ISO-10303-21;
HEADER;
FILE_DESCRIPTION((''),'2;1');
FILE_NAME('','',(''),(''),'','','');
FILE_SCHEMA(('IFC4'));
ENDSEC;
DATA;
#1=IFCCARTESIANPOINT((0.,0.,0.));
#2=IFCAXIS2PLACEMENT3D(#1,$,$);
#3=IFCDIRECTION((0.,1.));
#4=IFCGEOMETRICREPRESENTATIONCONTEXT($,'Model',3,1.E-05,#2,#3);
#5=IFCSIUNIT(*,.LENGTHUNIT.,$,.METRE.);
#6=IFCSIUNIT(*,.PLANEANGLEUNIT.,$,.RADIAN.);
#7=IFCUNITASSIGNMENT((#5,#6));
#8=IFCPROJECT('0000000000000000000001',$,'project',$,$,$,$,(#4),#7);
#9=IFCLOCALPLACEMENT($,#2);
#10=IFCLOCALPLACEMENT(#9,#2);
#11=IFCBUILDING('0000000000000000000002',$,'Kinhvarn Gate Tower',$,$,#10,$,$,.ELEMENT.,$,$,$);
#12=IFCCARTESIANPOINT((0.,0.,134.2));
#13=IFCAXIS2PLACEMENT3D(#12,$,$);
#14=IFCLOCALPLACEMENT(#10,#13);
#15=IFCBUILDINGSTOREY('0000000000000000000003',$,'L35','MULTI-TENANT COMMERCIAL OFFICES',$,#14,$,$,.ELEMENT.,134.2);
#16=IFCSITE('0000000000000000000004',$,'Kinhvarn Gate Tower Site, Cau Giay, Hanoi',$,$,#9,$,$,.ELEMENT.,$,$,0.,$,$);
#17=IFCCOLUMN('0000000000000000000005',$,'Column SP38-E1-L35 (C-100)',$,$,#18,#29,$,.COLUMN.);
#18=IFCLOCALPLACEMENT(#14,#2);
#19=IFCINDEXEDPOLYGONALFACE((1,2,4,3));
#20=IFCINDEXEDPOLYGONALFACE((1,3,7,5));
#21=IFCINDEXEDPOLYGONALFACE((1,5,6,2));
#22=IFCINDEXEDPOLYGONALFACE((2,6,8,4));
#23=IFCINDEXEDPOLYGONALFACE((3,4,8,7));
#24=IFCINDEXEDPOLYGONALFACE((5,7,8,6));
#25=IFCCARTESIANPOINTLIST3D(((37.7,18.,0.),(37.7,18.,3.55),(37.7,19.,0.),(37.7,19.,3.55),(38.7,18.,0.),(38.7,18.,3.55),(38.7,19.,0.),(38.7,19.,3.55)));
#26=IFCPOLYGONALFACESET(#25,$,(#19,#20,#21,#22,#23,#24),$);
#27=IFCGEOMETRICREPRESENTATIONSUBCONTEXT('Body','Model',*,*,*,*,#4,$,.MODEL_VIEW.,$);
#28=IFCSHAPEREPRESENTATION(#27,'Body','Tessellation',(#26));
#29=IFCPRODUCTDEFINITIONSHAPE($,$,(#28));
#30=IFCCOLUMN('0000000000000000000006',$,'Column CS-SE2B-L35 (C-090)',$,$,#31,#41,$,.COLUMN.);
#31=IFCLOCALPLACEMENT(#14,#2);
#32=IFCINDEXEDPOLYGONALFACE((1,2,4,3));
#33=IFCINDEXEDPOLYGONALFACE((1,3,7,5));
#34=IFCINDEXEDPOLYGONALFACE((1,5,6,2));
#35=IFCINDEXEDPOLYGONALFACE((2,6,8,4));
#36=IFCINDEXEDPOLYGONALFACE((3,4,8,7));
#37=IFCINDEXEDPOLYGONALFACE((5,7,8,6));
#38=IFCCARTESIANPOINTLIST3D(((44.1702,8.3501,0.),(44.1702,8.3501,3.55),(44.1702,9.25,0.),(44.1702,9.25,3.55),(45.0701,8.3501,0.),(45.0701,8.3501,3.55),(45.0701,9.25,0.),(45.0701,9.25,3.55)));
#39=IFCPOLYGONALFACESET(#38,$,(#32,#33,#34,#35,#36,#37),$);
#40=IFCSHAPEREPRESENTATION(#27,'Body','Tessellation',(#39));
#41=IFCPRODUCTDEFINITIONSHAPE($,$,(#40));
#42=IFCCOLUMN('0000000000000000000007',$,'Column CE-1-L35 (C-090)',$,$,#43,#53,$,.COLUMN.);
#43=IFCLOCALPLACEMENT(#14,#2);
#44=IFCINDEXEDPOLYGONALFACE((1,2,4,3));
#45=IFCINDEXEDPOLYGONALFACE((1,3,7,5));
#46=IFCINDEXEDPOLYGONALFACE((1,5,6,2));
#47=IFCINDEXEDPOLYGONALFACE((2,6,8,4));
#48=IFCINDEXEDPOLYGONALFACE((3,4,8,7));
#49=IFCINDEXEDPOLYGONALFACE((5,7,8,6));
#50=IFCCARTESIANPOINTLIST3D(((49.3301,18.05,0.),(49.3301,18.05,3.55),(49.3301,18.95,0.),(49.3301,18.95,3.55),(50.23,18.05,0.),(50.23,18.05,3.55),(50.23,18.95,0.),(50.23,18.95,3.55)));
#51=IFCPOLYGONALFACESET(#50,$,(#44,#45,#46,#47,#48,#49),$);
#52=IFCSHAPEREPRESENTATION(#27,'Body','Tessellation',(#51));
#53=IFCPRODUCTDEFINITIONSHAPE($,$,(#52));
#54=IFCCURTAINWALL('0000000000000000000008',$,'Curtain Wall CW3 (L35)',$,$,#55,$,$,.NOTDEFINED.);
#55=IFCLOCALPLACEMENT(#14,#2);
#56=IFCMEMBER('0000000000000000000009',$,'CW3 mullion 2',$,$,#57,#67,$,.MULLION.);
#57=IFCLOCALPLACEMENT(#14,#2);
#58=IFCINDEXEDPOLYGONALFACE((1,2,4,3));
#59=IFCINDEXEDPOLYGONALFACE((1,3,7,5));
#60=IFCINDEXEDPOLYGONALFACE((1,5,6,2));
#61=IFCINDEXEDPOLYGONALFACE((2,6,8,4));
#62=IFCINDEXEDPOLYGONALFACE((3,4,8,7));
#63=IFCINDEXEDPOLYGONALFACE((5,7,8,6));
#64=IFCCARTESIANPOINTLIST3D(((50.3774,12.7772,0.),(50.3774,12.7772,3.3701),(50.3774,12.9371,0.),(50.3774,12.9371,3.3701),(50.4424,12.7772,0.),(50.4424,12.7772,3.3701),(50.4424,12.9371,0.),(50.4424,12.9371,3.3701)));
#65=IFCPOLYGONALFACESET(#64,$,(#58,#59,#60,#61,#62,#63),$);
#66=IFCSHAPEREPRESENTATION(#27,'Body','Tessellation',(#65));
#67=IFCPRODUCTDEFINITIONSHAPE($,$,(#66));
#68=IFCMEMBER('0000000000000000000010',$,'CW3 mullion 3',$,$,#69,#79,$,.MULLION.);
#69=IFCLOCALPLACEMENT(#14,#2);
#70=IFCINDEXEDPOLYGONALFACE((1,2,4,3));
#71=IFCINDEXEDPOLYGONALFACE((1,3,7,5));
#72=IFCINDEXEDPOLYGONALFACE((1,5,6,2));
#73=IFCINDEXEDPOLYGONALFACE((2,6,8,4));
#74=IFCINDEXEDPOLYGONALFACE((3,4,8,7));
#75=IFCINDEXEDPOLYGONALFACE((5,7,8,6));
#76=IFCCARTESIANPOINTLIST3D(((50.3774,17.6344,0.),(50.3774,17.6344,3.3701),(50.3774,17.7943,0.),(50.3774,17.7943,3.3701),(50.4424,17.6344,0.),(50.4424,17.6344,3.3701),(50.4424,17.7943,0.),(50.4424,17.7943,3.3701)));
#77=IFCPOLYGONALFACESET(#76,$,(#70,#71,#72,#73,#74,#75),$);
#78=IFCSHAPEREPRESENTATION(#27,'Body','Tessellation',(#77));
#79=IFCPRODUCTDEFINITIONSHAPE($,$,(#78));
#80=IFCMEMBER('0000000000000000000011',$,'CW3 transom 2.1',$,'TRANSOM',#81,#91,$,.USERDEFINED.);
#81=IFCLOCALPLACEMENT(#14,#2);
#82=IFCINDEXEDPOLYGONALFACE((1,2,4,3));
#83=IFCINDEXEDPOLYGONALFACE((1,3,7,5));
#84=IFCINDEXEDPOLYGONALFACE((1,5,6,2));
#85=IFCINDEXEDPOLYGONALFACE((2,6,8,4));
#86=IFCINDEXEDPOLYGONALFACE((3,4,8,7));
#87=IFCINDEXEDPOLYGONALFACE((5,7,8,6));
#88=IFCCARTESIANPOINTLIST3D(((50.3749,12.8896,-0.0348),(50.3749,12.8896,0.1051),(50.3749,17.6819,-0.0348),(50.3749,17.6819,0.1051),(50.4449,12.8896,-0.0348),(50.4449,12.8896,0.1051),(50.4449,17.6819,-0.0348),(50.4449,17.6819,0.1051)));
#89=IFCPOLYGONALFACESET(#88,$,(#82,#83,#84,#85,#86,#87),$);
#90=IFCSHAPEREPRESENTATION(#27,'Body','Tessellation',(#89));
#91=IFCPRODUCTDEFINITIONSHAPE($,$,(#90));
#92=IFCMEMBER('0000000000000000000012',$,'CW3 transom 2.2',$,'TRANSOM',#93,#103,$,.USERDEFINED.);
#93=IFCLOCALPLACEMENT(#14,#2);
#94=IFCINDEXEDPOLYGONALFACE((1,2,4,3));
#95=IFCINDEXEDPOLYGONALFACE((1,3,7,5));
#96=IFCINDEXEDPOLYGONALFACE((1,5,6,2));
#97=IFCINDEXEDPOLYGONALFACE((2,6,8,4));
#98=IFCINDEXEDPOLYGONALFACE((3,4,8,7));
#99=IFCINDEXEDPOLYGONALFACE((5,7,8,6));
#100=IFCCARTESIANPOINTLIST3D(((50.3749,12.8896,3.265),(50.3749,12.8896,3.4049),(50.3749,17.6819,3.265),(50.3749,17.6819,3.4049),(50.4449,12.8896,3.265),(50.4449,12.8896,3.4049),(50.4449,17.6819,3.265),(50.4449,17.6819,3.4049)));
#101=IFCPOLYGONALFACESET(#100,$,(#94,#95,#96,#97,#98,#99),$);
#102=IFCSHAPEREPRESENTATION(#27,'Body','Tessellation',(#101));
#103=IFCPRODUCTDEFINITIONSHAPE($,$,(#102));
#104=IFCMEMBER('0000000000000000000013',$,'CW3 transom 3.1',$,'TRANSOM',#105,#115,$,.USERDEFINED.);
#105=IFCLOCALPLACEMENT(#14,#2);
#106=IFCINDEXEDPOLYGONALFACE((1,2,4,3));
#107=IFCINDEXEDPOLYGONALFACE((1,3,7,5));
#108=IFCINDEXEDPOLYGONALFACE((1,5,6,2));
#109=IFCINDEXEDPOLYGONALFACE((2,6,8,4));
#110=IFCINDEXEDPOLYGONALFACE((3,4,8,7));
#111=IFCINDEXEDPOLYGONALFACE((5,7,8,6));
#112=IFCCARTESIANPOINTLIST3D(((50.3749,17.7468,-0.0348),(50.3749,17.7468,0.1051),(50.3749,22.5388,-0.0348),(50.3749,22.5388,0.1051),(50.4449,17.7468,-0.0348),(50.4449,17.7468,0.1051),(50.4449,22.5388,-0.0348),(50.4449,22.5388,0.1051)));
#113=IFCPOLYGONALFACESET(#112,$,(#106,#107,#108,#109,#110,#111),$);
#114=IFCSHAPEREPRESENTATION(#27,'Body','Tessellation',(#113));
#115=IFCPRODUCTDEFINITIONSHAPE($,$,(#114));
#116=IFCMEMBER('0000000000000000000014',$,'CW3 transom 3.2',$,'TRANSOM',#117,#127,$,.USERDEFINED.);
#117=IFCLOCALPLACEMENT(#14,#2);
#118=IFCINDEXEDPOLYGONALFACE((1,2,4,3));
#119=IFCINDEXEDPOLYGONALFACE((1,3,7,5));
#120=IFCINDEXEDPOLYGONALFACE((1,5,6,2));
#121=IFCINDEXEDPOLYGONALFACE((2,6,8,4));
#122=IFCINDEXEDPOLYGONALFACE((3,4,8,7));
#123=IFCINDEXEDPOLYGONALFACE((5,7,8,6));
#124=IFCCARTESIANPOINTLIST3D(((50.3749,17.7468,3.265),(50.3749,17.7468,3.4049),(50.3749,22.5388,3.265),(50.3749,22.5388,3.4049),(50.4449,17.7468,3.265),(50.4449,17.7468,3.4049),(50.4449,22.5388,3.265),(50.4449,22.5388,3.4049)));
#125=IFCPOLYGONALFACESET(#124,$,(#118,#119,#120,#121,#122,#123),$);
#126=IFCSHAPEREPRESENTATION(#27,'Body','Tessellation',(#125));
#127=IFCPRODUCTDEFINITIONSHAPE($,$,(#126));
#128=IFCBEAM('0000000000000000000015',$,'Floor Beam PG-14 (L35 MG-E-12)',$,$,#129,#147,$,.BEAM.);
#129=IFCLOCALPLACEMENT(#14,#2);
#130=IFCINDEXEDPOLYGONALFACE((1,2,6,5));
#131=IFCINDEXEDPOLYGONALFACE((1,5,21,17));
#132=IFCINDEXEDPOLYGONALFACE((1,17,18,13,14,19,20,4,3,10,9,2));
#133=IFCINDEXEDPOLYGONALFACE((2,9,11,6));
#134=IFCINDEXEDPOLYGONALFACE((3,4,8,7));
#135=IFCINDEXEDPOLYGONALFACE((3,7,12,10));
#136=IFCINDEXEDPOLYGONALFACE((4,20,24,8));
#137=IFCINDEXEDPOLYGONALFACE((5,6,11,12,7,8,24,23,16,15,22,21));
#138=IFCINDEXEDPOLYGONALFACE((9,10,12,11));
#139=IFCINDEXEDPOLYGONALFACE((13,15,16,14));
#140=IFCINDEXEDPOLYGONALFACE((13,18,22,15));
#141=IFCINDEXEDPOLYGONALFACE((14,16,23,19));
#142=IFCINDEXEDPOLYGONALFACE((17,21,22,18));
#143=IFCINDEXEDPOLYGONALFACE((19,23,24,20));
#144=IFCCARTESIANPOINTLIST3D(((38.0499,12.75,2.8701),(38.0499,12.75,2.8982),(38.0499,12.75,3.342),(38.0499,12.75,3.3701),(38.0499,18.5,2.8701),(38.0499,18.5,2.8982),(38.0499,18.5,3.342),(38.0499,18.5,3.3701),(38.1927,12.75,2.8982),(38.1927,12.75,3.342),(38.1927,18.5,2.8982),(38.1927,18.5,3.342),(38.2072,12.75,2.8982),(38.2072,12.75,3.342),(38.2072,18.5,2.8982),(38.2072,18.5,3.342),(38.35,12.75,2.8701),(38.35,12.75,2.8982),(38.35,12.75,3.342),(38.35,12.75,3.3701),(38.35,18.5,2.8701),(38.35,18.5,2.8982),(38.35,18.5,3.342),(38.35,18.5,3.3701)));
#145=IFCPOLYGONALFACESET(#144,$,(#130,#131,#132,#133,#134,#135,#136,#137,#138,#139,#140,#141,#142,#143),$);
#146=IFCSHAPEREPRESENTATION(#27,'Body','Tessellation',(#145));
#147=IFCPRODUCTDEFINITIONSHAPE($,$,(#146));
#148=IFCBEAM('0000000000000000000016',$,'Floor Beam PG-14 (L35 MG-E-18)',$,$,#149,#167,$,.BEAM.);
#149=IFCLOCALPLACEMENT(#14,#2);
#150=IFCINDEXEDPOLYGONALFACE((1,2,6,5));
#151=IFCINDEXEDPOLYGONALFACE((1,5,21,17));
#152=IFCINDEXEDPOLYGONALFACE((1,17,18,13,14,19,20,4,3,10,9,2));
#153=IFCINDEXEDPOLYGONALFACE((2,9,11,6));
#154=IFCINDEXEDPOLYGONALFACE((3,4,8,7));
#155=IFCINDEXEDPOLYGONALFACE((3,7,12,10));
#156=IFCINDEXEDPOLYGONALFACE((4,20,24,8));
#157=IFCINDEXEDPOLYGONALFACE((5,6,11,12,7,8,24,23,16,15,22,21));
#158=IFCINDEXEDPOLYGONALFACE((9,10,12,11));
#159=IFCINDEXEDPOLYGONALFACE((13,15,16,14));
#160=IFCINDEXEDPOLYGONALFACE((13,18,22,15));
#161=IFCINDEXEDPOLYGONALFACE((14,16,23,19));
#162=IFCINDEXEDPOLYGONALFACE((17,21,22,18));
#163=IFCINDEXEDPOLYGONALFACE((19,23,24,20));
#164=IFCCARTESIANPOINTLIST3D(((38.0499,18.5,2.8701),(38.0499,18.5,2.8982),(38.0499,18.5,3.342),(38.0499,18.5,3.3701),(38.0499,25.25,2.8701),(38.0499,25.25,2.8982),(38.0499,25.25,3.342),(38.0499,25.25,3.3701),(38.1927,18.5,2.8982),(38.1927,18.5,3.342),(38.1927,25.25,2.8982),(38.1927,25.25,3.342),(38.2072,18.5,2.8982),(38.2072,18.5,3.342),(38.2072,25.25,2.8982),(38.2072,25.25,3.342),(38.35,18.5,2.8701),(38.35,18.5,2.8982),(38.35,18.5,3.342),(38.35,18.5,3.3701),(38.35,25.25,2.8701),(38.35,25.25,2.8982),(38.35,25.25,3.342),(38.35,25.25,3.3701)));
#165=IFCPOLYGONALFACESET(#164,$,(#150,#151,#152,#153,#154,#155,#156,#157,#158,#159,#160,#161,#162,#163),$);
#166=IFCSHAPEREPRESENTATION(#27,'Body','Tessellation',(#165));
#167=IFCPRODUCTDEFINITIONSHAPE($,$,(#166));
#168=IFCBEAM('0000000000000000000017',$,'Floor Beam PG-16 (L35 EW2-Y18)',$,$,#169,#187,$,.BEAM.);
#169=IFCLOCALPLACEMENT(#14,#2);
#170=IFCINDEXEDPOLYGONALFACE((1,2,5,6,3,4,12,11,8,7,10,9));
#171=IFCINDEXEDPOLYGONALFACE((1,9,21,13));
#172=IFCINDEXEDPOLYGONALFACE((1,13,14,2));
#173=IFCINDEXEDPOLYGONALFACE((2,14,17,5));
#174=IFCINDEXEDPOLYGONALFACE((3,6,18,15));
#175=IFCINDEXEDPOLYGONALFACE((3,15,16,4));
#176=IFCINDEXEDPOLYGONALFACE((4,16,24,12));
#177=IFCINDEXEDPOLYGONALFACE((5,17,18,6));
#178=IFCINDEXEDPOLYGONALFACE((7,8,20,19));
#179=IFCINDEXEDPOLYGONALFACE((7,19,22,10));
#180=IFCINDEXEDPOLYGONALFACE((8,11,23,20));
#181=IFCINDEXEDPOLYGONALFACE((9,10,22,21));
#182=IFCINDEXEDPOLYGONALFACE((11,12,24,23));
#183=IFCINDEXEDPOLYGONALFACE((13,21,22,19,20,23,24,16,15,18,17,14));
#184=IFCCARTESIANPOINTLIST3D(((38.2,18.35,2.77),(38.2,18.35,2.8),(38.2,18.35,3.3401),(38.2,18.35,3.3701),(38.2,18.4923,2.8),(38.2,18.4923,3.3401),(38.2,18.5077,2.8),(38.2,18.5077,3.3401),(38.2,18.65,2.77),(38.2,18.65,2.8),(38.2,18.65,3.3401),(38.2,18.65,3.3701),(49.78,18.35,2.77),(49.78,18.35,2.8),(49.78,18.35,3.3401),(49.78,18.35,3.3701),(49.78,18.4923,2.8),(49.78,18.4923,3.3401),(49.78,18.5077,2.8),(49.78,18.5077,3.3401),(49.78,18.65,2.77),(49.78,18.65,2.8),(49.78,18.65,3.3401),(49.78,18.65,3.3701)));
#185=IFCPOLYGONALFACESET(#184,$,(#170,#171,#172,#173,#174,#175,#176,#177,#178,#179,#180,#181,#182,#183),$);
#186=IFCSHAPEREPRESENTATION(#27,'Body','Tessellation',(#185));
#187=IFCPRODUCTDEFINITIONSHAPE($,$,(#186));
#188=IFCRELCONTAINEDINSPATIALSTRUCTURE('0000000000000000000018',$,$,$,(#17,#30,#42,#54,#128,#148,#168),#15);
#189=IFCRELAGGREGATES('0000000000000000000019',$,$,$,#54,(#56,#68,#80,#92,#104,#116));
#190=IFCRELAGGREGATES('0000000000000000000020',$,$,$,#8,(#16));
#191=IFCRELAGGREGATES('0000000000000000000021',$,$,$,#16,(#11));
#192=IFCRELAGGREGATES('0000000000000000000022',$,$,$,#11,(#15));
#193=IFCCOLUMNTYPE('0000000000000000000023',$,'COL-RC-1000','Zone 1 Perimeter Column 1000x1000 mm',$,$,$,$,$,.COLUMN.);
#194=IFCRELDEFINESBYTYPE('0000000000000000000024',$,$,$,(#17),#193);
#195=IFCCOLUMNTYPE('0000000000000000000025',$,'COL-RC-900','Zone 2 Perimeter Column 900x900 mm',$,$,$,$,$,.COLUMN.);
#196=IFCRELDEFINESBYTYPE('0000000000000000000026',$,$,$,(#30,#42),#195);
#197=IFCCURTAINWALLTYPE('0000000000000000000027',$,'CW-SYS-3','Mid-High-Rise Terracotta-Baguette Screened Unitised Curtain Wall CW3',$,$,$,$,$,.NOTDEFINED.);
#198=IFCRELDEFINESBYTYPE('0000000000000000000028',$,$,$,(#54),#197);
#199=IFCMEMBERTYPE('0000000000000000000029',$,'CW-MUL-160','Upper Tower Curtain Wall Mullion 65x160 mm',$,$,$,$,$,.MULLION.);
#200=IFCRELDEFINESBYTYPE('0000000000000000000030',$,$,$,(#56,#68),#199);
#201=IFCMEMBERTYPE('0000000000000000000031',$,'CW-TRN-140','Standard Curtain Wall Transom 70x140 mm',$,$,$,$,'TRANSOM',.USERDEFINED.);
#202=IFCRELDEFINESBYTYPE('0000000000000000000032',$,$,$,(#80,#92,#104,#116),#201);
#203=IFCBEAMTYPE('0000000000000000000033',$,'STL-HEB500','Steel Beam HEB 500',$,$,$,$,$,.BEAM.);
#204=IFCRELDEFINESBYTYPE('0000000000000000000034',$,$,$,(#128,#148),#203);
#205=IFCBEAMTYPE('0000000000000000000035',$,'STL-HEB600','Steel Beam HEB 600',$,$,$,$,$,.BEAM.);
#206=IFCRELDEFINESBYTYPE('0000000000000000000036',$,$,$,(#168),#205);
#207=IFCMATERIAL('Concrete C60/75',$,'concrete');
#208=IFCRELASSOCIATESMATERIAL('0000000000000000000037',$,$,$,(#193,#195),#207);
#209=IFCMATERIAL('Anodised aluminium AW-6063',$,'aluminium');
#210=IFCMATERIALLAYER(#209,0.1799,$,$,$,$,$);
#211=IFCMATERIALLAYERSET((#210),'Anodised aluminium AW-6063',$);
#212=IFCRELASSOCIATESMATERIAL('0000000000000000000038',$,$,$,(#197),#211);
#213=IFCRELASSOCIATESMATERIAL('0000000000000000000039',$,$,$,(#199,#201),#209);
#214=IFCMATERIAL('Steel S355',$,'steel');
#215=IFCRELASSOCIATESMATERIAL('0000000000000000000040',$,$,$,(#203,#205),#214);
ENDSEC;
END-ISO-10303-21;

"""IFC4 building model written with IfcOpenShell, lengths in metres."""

from ifc_helpers import new_model, si_unit, direction, frame, origin, origin_2d, place, context, subcontext, project, spatial, rectangle, i_section, extrude, material, layer, layer_set, material_profile, profile_set, type_object, element, aggregate, save


model = new_model("IFC4")

# Units and contexts
model_context = context("Model", 3, precision=1e-05, world=origin(), true_north=direction((0.0, 1.0)))
body_context = subcontext(model_context, "Body", "Model", "MODEL_VIEW")
ifc_project = project(units=[si_unit("LENGTHUNIT", "METRE"), si_unit("PLANEANGLEUNIT", "RADIAN")], contexts=[model_context])

# Site, building, storey
site_placement = place(None, origin())
site = spatial("IfcSite", under=ifc_project, at=site_placement, Name="Kinhvarn Gate Tower Site, Cau Giay, Hanoi", CompositionType="ELEMENT", RefElevation=0.0)
building_placement = place(site_placement, origin())
building = spatial("IfcBuilding", under=site, at=building_placement, Name="Kinhvarn Gate Tower", CompositionType="ELEMENT")
storey_placement = place(building_placement, frame((0.0, 0.0, 134.2)))
storey = spatial("IfcBuildingStorey", under=building, at=storey_placement, Name="L35", Description="MULTI-TENANT COMMERCIAL OFFICES", CompositionType="ELEMENT", Elevation=134.2)

# Columns
ifc_material_1 = material(Name="Concrete C60/75", Category="concrete")
ifc_material_profile_1 = material_profile(ifc_material_1, rectangle(XDim=1.0, YDim=1.0, at=origin_2d()), Name="RC 1000x1000")
ifc_profile_set_1 = profile_set([ifc_material_profile_1], Name="Concrete C60/75")
column_type_1 = type_object("IfcColumnType", Name="COL-RC-1000", Description="Zone 1 Perimeter Column 1000x1000 mm", PredefinedType="COLUMN", material=ifc_profile_set_1)
column_placement = place(storey_placement, frame((38.2, 18.5, 0.0), z_axis=(0.0, 0.0, 1.0), x_axis=(1.0, 0.0, 0.0)))
element("IfcColumn", 1, at=column_placement, inside=storey, type_object=column_type_1, Name="Column SP38-E1-L35 (C-100)", PredefinedType="COLUMN", context=body_context, shape_type="SweptSolid", body=[
    extrude(rectangle(XDim=1.0, YDim=1.0, at=origin_2d()), origin(), (0.0, 0.0, 1.0), 3.55),
])
ifc_material_profile_2 = material_profile(ifc_material_1, rectangle(XDim=0.8999, YDim=0.8999, at=origin_2d()), Name="RC 900x900")
ifc_profile_set_2 = profile_set([ifc_material_profile_2], Name="Concrete C60/75")
column_type_2 = type_object("IfcColumnType", Name="COL-RC-900", Description="Zone 2 Perimeter Column 900x900 mm", PredefinedType="COLUMN", material=ifc_profile_set_2)
for number, where, z_axis, x_axis, name in (
    (2, (44.6201, 8.8, 0.0), (0.0, 0.0, 1.0), (1.0, 0.0, 0.0), "Column CS-SE2B-L35 (C-090)"),
    (3, (49.78, 18.5, 0.0), (0.0, 0.0, 1.0), (1.0, 0.0, 0.0), "Column CE-1-L35 (C-090)"),
):
    element("IfcColumn", number, at=place(storey_placement, frame(where, z_axis=z_axis, x_axis=x_axis)), inside=storey, type_object=column_type_2, Name=name, PredefinedType="COLUMN", context=body_context, shape_type="SweptSolid", body=[
        extrude(rectangle(XDim=0.8999, YDim=0.8999, at=origin_2d()), origin(), (0.0, 0.0, 1.0), 3.55),
    ])

# Curtain wall, members
ifc_material_2 = material(Name="Anodised aluminium AW-6063", Category="aluminium")
ifc_layer_1 = layer(ifc_material_2, 0.1799)
ifc_layer_set_1 = layer_set([ifc_layer_1], Name="Anodised aluminium AW-6063")
curtain_wall_type = type_object("IfcCurtainWallType", Name="CW-SYS-3", Description="Mid-High-Rise Terracotta-Baguette Screened Unitised Curtain Wall CW3", PredefinedType="NOTDEFINED", material=ifc_layer_set_1)
curtain_wall_placement = place(storey_placement, origin())
curtain_wall = element("IfcCurtainWall", 4, at=curtain_wall_placement, inside=storey, type_object=curtain_wall_type, Name="Curtain Wall CW3 (L35)", PredefinedType="NOTDEFINED")
ifc_material_profile_3 = material_profile(ifc_material_2, rectangle(XDim=0.0649, YDim=0.1599, at=origin_2d()), Name="ALU 65x160")
ifc_profile_set_3 = profile_set([ifc_material_profile_3], Name="Anodised aluminium AW-6063")
member_type_1 = type_object("IfcMemberType", Name="CW-MUL-160", Description="Upper Tower Curtain Wall Mullion 65x160 mm", PredefinedType="MULLION", material=ifc_profile_set_3)
member_1_placement = place(storey_placement, frame((50.4099, 12.8572, 0.0), z_axis=(0.0, 0.0, 1.0), x_axis=(-1.0, 0.0, 0.0)))
member_1 = element("IfcMember", 5, at=member_1_placement, type_object=member_type_1, Name="CW3 mullion 2", PredefinedType="MULLION", context=body_context, shape_type="SweptSolid", body=[
    extrude(rectangle(XDim=0.0649, YDim=0.1599, at=origin_2d()), origin(), (0.0, 0.0, 1.0), 3.3701),
])
member_2_placement = place(storey_placement, frame((50.4099, 17.7144, 0.0), z_axis=(0.0, 0.0, 1.0), x_axis=(-1.0, 0.0, 0.0)))
member_2 = element("IfcMember", 6, at=member_2_placement, type_object=member_type_1, Name="CW3 mullion 3", PredefinedType="MULLION", context=body_context, shape_type="SweptSolid", body=[
    extrude(rectangle(XDim=0.0649, YDim=0.1599, at=origin_2d()), origin(), (0.0, 0.0, 1.0), 3.3701),
])
ifc_material_profile_4 = material_profile(ifc_material_2, rectangle(XDim=0.0701, YDim=0.1399, at=origin_2d()), Name="ALU 70x140")
ifc_profile_set_4 = profile_set([ifc_material_profile_4], Name="Anodised aluminium AW-6063")
member_type_2 = type_object("IfcMemberType", Name="CW-TRN-140", Description="Standard Curtain Wall Transom 70x140 mm", ElementType="TRANSOM", PredefinedType="USERDEFINED", material=ifc_profile_set_4)
member_3_placement = place(storey_placement, frame((50.4099, 12.8896, 0.0352), z_axis=(0.0, 1.0, 0.0), x_axis=(-1.0, 0.0, 0.0)))
member_3 = element("IfcMember", 7, at=member_3_placement, type_object=member_type_2, Name="CW3 transom 2.1", ObjectType="TRANSOM", PredefinedType="USERDEFINED", context=body_context, shape_type="SweptSolid", body=[
    extrude(rectangle(XDim=0.0701, YDim=0.1399, at=origin_2d()), origin(), (0.0, 0.0, 1.0), 4.7922),
])
member_4_placement = place(storey_placement, frame((50.4099, 12.8896, 3.335), z_axis=(0.0, 1.0, 0.0), x_axis=(-1.0, 0.0, 0.0)))
member_4 = element("IfcMember", 8, at=member_4_placement, type_object=member_type_2, Name="CW3 transom 2.2", ObjectType="TRANSOM", PredefinedType="USERDEFINED", context=body_context, shape_type="SweptSolid", body=[
    extrude(rectangle(XDim=0.0701, YDim=0.1399, at=origin_2d()), origin(), (0.0, 0.0, 1.0), 4.7922),
])
member_5_placement = place(storey_placement, frame((50.4099, 17.7468, 0.0352), z_axis=(0.0, 1.0, 0.0), x_axis=(-1.0, 0.0, 0.0)))
member_5 = element("IfcMember", 9, at=member_5_placement, type_object=member_type_2, Name="CW3 transom 3.1", ObjectType="TRANSOM", PredefinedType="USERDEFINED", context=body_context, shape_type="SweptSolid", body=[
    extrude(rectangle(XDim=0.0701, YDim=0.1399, at=origin_2d()), origin(), (0.0, 0.0, 1.0), 4.792),
])
member_6_placement = place(storey_placement, frame((50.4099, 17.7468, 3.335), z_axis=(0.0, 1.0, 0.0), x_axis=(-1.0, 0.0, 0.0)))
member_6 = element("IfcMember", 10, at=member_6_placement, type_object=member_type_2, Name="CW3 transom 3.2", ObjectType="TRANSOM", PredefinedType="USERDEFINED", context=body_context, shape_type="SweptSolid", body=[
    extrude(rectangle(XDim=0.0701, YDim=0.1399, at=origin_2d()), origin(), (0.0, 0.0, 1.0), 4.792),
])

# Beams
ifc_material_3 = material(Name="Steel S355", Category="steel")
ifc_material_profile_5 = material_profile(ifc_material_3, i_section(OverallWidth=0.3, OverallDepth=0.5, WebThickness=0.0144, FlangeThickness=0.0281, at=origin_2d()), Name="HEB 500")
ifc_profile_set_5 = profile_set([ifc_material_profile_5], Name="Steel S355")
beam_type_1 = type_object("IfcBeamType", Name="STL-HEB500", Description="Steel Beam HEB 500", PredefinedType="BEAM", material=ifc_profile_set_5)
beam_1_placement = place(storey_placement, frame((38.2, 12.75, 3.1201), z_axis=(0.0, 1.0, 0.0), x_axis=(-1.0, 0.0, 0.0)))
element("IfcBeam", 11, at=beam_1_placement, inside=storey, type_object=beam_type_1, Name="Floor Beam PG-14 (L35 MG-E-12)", PredefinedType="BEAM", context=body_context, shape_type="SweptSolid", body=[
    extrude(i_section(OverallWidth=0.3, OverallDepth=0.5, WebThickness=0.0144, FlangeThickness=0.0281, at=origin_2d()), origin(), (0.0, 0.0, 1.0), 5.75),
])
beam_2_placement = place(storey_placement, frame((38.2, 18.5, 3.1201), z_axis=(0.0, 1.0, 0.0), x_axis=(-1.0, 0.0, 0.0)))
element("IfcBeam", 12, at=beam_2_placement, inside=storey, type_object=beam_type_1, Name="Floor Beam PG-14 (L35 MG-E-18)", PredefinedType="BEAM", context=body_context, shape_type="SweptSolid", body=[
    extrude(i_section(OverallWidth=0.3, OverallDepth=0.5, WebThickness=0.0144, FlangeThickness=0.0281, at=origin_2d()), origin(), (0.0, 0.0, 1.0), 6.75),
])
ifc_material_profile_6 = material_profile(ifc_material_3, i_section(OverallWidth=0.3, OverallDepth=0.6001, WebThickness=0.0154, FlangeThickness=0.03, at=origin_2d()), Name="HEB 600")
ifc_profile_set_6 = profile_set([ifc_material_profile_6], Name="Steel S355")
beam_type_2 = type_object("IfcBeamType", Name="STL-HEB600", Description="Steel Beam HEB 600", PredefinedType="BEAM", material=ifc_profile_set_6)
beam_3_placement = place(storey_placement, frame((38.2, 18.5, 3.0701), z_axis=(1.0, 0.0, 0.0), x_axis=(0.0, 1.0, 0.0)))
element("IfcBeam", 13, at=beam_3_placement, inside=storey, type_object=beam_type_2, Name="Floor Beam PG-16 (L35 EW2-Y18)", PredefinedType="BEAM", context=body_context, shape_type="SweptSolid", body=[
    extrude(i_section(OverallWidth=0.3, OverallDepth=0.6001, WebThickness=0.0154, FlangeThickness=0.03, at=origin_2d()), origin(), (0.0, 0.0, 1.0), 11.5801),
])

aggregate(curtain_wall, [member_1, member_2, member_3, member_4, member_5, member_6])

save(model, "model.ifc")
